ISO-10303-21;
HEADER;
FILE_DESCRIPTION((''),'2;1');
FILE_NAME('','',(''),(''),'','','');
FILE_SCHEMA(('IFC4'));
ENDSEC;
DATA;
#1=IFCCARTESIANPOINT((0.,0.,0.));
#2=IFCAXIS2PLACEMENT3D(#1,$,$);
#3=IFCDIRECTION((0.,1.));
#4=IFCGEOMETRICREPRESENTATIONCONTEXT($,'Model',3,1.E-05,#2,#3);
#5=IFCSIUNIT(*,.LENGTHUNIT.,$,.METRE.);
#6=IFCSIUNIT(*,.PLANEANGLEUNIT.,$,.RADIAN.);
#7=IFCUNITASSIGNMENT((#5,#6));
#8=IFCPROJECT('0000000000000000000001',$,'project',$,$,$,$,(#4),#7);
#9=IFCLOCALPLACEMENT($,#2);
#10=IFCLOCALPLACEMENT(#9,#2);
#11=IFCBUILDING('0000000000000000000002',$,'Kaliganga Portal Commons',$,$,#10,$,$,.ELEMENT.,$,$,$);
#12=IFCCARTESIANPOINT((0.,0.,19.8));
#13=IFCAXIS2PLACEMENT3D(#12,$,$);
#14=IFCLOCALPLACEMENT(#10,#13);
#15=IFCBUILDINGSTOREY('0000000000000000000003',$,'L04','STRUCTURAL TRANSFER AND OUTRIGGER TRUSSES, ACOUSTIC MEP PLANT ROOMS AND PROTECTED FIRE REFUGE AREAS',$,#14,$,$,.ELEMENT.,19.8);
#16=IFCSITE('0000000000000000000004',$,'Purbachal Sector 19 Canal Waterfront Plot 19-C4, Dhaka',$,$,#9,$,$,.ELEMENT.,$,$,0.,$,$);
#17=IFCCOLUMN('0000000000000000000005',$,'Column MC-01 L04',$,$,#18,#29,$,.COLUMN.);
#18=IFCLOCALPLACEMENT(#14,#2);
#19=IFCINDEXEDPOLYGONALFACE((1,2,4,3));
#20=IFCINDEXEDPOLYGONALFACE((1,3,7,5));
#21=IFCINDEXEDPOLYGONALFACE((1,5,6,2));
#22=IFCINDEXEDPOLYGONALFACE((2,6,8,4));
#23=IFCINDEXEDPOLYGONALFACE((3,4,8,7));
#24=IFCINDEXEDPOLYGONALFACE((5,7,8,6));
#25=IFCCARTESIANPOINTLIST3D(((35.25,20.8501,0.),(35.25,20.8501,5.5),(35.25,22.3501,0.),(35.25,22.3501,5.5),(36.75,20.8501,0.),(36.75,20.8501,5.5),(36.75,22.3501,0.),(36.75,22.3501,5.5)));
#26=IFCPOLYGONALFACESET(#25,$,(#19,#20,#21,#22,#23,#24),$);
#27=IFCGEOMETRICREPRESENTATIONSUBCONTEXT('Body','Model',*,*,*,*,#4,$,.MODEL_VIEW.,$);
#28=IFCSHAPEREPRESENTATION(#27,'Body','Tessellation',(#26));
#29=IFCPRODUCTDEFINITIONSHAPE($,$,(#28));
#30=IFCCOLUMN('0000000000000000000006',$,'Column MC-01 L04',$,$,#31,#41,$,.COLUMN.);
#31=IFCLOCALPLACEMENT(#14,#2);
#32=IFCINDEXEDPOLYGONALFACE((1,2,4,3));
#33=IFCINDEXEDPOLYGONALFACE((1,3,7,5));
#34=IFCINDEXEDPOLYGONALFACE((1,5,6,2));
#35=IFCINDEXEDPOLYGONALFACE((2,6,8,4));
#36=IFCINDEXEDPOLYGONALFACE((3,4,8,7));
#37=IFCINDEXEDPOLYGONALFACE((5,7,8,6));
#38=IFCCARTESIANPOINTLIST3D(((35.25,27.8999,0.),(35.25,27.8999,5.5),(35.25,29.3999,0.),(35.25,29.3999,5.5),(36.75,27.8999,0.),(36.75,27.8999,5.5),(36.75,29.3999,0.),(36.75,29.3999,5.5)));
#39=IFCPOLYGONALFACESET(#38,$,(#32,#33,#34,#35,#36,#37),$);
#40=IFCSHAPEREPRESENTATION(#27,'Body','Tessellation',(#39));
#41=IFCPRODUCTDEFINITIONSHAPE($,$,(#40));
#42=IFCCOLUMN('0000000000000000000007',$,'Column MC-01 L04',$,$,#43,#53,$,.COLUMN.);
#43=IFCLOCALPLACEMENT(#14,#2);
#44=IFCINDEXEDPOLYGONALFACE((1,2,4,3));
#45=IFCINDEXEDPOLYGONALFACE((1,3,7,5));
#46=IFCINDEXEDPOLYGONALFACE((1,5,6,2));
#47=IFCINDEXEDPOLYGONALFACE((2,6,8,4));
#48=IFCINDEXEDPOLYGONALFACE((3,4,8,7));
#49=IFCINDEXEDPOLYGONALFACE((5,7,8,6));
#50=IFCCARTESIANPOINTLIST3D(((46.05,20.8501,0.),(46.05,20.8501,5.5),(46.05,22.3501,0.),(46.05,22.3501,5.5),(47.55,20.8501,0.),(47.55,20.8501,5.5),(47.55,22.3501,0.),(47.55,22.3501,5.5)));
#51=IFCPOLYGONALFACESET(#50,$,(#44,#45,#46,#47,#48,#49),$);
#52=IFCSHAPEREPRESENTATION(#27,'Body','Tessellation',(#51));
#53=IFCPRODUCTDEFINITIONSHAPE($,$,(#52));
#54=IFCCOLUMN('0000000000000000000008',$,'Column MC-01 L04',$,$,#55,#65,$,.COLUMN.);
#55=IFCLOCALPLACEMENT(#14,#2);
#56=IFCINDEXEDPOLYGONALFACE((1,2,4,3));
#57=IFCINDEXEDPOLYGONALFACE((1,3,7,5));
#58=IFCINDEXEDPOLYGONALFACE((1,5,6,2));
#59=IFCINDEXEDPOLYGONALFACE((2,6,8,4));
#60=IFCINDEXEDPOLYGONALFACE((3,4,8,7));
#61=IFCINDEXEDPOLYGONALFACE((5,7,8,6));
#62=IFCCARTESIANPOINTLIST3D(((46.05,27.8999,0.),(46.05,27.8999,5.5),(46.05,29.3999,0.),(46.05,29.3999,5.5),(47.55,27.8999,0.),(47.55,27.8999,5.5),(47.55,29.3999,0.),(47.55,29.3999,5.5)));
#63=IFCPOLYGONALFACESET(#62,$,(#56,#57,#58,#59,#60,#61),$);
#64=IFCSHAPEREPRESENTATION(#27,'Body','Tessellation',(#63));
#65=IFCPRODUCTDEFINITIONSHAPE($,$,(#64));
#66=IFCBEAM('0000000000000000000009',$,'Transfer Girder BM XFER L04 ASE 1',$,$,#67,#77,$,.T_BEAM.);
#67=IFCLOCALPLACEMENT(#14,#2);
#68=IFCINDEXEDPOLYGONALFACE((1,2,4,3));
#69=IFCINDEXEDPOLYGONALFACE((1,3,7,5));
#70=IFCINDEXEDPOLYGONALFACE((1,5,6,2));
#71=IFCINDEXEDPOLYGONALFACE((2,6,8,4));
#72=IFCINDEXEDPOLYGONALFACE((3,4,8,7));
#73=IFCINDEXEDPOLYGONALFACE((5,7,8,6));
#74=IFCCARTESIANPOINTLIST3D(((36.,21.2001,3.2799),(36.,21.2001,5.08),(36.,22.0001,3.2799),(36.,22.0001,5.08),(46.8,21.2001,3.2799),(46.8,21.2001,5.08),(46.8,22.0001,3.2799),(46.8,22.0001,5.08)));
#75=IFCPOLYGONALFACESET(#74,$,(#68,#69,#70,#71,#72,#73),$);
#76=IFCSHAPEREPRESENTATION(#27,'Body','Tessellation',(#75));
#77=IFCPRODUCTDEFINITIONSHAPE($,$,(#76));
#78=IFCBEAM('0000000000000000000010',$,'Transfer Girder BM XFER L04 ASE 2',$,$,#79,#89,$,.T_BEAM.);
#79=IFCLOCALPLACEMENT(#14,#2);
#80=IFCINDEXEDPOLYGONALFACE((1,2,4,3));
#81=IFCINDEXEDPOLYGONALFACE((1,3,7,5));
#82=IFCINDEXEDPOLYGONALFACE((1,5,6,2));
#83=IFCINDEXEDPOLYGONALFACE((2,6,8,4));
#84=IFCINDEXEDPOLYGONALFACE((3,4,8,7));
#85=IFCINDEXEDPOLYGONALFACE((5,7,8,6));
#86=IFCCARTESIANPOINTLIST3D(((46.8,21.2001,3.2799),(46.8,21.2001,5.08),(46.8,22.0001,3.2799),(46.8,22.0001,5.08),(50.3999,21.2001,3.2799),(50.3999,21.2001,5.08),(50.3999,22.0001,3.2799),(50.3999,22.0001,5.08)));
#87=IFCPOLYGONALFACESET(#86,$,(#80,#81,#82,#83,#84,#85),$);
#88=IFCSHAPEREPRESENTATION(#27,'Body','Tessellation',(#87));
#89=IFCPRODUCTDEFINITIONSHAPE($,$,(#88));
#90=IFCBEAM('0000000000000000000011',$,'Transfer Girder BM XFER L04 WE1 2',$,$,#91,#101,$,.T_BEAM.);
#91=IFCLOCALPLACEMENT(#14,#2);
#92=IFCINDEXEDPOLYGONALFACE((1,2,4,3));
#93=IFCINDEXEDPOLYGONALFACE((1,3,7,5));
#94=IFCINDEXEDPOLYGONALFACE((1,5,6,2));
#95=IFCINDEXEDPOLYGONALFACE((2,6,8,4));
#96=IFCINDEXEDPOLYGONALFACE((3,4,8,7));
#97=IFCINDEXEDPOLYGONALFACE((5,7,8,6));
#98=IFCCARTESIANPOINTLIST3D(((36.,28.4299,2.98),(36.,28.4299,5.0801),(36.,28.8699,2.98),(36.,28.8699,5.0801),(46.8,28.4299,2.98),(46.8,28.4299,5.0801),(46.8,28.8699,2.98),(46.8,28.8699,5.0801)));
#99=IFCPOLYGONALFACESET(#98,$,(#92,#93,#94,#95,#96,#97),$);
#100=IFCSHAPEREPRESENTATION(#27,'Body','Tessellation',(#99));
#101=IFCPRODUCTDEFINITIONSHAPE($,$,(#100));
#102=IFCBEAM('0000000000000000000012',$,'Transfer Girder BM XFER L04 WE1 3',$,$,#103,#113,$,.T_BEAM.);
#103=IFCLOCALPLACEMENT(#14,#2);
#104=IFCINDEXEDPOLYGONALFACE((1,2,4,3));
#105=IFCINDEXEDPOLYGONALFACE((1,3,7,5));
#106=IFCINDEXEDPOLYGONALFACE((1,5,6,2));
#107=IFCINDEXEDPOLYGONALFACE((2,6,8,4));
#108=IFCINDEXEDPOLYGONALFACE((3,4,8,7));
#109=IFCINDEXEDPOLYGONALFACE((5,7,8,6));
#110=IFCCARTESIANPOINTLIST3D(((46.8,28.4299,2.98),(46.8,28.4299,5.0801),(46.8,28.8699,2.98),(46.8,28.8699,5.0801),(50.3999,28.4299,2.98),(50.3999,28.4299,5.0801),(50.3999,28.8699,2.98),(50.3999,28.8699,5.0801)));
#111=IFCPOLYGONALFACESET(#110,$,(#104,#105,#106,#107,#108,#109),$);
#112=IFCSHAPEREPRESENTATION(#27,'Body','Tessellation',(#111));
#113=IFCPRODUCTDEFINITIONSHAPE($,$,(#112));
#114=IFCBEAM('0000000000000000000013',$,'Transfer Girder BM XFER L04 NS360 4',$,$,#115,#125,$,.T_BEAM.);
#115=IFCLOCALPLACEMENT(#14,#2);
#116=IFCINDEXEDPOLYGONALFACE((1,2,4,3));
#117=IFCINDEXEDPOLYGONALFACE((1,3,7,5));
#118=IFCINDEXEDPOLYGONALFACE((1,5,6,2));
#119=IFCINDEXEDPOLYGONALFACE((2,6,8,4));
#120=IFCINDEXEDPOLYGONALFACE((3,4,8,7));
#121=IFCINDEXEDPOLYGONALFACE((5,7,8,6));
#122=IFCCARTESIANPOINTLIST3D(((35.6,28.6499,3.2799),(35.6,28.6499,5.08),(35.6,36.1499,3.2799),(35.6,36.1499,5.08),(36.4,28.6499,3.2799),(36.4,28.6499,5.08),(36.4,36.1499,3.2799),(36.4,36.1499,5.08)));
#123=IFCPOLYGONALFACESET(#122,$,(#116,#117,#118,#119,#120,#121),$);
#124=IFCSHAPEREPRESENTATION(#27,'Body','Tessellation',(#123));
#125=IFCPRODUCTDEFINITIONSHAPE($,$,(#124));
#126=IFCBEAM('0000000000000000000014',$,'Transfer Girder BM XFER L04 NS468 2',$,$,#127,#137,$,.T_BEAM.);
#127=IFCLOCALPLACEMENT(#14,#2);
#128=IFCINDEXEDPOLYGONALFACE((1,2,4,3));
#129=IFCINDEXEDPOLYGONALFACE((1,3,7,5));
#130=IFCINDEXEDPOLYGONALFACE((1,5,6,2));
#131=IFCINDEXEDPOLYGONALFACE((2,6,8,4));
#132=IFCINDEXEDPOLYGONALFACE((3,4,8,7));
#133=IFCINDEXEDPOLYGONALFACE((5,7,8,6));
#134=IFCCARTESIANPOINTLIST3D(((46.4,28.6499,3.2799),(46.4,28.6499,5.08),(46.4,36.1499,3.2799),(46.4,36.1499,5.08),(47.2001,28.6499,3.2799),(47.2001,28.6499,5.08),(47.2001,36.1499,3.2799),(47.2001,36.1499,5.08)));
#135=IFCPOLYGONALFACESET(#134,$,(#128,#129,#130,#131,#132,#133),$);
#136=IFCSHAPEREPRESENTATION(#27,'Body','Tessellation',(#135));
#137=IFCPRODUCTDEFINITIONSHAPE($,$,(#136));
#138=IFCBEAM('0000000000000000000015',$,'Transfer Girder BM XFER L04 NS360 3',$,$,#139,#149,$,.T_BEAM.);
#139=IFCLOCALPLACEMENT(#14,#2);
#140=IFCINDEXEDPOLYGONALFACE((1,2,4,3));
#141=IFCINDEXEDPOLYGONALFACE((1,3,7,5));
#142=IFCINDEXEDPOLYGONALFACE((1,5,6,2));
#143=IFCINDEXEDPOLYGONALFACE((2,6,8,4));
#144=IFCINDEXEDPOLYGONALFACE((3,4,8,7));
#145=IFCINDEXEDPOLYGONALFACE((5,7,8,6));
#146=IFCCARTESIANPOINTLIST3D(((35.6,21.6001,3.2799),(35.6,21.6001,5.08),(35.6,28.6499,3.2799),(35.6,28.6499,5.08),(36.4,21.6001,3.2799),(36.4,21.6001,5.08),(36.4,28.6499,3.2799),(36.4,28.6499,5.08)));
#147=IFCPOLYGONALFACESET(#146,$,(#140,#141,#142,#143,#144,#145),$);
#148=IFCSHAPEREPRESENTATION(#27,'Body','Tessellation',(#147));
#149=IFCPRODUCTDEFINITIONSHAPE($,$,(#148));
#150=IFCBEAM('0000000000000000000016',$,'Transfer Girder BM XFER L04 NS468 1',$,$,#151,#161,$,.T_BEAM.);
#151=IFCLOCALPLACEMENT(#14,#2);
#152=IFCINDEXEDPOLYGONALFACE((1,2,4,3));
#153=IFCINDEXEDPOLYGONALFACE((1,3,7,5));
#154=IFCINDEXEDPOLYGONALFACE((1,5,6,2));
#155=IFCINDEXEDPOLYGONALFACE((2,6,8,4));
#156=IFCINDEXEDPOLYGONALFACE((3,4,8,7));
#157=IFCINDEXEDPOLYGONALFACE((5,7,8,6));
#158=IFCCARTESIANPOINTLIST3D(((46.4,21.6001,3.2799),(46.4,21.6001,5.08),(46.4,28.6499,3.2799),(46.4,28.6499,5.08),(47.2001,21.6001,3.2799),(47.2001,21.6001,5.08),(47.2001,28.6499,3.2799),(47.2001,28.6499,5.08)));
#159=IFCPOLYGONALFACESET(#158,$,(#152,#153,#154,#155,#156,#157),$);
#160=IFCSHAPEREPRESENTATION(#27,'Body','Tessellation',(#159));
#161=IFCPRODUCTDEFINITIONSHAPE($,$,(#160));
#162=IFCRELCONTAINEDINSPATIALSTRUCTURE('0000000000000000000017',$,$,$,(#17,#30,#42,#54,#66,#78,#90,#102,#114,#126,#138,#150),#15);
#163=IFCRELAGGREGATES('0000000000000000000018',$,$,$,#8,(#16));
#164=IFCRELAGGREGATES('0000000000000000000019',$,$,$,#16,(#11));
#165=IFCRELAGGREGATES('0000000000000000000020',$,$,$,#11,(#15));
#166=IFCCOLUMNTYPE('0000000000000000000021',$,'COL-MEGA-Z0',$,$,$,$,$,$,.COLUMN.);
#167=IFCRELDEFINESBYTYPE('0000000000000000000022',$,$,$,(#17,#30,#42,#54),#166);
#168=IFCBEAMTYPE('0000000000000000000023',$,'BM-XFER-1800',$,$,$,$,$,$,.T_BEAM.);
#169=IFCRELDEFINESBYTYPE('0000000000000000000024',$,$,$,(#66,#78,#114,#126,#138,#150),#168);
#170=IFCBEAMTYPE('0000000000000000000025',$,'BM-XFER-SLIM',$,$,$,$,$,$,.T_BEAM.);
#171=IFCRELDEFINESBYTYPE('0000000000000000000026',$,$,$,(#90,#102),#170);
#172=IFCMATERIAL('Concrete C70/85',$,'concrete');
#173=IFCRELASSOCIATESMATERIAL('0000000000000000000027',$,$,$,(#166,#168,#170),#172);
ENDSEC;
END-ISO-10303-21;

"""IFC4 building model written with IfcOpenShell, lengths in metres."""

from ifc_helpers import new_model, si_unit, direction, frame, origin, origin_2d, place, context, subcontext, project, spatial, rectangle, extrude, source, transform, mapped, material, material_profile, profile_set, type_object, element, save


model = new_model("IFC4")

# Units and contexts
model_context = context("Model", 3, precision=1e-05, world=origin(), true_north=direction((0.0, 1.0)))
body_context = subcontext(model_context, "Body", "Model", "MODEL_VIEW")
ifc_project = project(units=[si_unit("LENGTHUNIT", "METRE"), si_unit("PLANEANGLEUNIT", "RADIAN")], contexts=[model_context])

# Site, building, storey
site_placement = place(None, origin())
site = spatial("IfcSite", under=ifc_project, at=site_placement, Name="Purbachal Sector 19 Canal Waterfront Plot 19-C4, Dhaka", CompositionType="ELEMENT", RefElevation=0.0)
building_placement = place(site_placement, origin())
building = spatial("IfcBuilding", under=site, at=building_placement, Name="Kaliganga Portal Commons", CompositionType="ELEMENT")
storey_placement = place(building_placement, frame((0.0, 0.0, 19.8)))
storey = spatial("IfcBuildingStorey", under=building, at=storey_placement, Name="L04", Description="STRUCTURAL TRANSFER AND OUTRIGGER TRUSSES, ACOUSTIC MEP PLANT ROOMS AND PROTECTED FIRE REFUGE AREAS", CompositionType="ELEMENT", Elevation=19.8)

# Columns
ifc_material_1 = material(Name="Concrete C70/85", Category="concrete")
ifc_material_profile_1 = material_profile(ifc_material_1, rectangle(XDim=1.5, YDim=1.5, at=origin_2d()), Name="RC 1500x1500")
ifc_profile_set_1 = profile_set([ifc_material_profile_1], Name="Concrete C70/85")
column_type = type_object("IfcColumnType", Name="COL-MEGA-Z0", PredefinedType="COLUMN", material=ifc_profile_set_1)
shared_shape_1 = source(origin(), body_context, "Body", "SweptSolid", [
    extrude(rectangle(XDim=1.5, YDim=1.5, at=origin_2d()), origin(), (0.0, 0.0, 1.0), 5.5),
])
for number, where, z_axis, x_axis, name in (
    (1, (36.0, 21.6001, 0.0), (0.0, 0.0, 1.0), (1.0, 0.0, 0.0), "Column MC-01 L04"),
    (2, (36.0, 28.6499, 0.0), (0.0, 0.0, 1.0), (1.0, 0.0, 0.0), "Column MC-01 L04"),
    (3, (46.8, 21.6001, 0.0), (0.0, 0.0, 1.0), (1.0, 0.0, 0.0), "Column MC-01 L04"),
    (4, (46.8, 28.6499, 0.0), (0.0, 0.0, 1.0), (1.0, 0.0, 0.0), "Column MC-01 L04"),
):
    element("IfcColumn", number, at=place(storey_placement, frame(where, z_axis=z_axis, x_axis=x_axis)), inside=storey, type_object=column_type, Name=name, PredefinedType="COLUMN", context=body_context, shape_type="MappedRepresentation", body=[
        mapped(shared_shape_1, transform((0.0, 0.0, 0.0), x_axis=(1.0, 0.0, 0.0), y_axis=(0.0, 1.0, 0.0), z_axis=(0.0, 0.0, 1.0), scale=1.0)),
    ])

# Beams
ifc_material_profile_2 = material_profile(ifc_material_1, rectangle(XDim=0.8, YDim=1.8, at=origin_2d()), Name="RC 800x1800")
ifc_profile_set_2 = profile_set([ifc_material_profile_2], Name="Concrete C70/85")
beam_type_1 = type_object("IfcBeamType", Name="BM-XFER-1800", PredefinedType="T_BEAM", material=ifc_profile_set_2)
shared_shape_2 = source(origin(), body_context, "Body", "SweptSolid", [
    extrude(rectangle(XDim=0.8, YDim=1.8, at=origin_2d()), origin(), (0.0, 0.0, 1.0), 10.8),
])
beam_1_placement = place(storey_placement, frame((36.0, 21.6001, 4.1799), z_axis=(1.0, 0.0, 0.0), x_axis=(0.0, 1.0, 0.0)))
element("IfcBeam", 5, at=beam_1_placement, inside=storey, type_object=beam_type_1, Name="Transfer Girder BM XFER L04 ASE 1", PredefinedType="T_BEAM", context=body_context, shape_type="MappedRepresentation", body=[
    mapped(shared_shape_2, transform((0.0, 0.0, 0.0), x_axis=(1.0, 0.0, 0.0), y_axis=(0.0, 1.0, 0.0), z_axis=(0.0, 0.0, 1.0), scale=1.0)),
])
shared_shape_3 = source(origin(), body_context, "Body", "SweptSolid", [
    extrude(rectangle(XDim=0.8, YDim=1.8, at=origin_2d()), origin(), (0.0, 0.0, 1.0), 3.5999),
])
beam_2_placement = place(storey_placement, frame((46.8, 21.6001, 4.1799), z_axis=(1.0, 0.0, 0.0), x_axis=(0.0, 1.0, 0.0)))
element("IfcBeam", 6, at=beam_2_placement, inside=storey, type_object=beam_type_1, Name="Transfer Girder BM XFER L04 ASE 2", PredefinedType="T_BEAM", context=body_context, shape_type="MappedRepresentation", body=[
    mapped(shared_shape_3, transform((0.0, 0.0, 0.0), x_axis=(1.0, 0.0, 0.0), y_axis=(0.0, 1.0, 0.0), z_axis=(0.0, 0.0, 1.0), scale=1.0)),
])
ifc_material_profile_3 = material_profile(ifc_material_1, rectangle(XDim=0.4399, YDim=2.1001, at=origin_2d()), Name="RC 440x2100")
ifc_profile_set_3 = profile_set([ifc_material_profile_3], Name="Concrete C70/85")
beam_type_2 = type_object("IfcBeamType", Name="BM-XFER-SLIM", PredefinedType="T_BEAM", material=ifc_profile_set_3)
shared_shape_4 = source(origin(), body_context, "Body", "SweptSolid", [
    extrude(rectangle(XDim=0.4399, YDim=2.1001, at=origin_2d()), origin(), (0.0, 0.0, 1.0), 10.8),
])
beam_3_placement = place(storey_placement, frame((36.0, 28.6499, 4.03), z_axis=(1.0, 0.0, 0.0), x_axis=(0.0, 1.0, 0.0)))
element("IfcBeam", 7, at=beam_3_placement, inside=storey, type_object=beam_type_2, Name="Transfer Girder BM XFER L04 WE1 2", PredefinedType="T_BEAM", context=body_context, shape_type="MappedRepresentation", body=[
    mapped(shared_shape_4, transform((0.0, 0.0, 0.0), x_axis=(1.0, 0.0, 0.0), y_axis=(0.0, 1.0, 0.0), z_axis=(0.0, 0.0, 1.0), scale=1.0)),
])
shared_shape_5 = source(origin(), body_context, "Body", "SweptSolid", [
    extrude(rectangle(XDim=0.4399, YDim=2.1001, at=origin_2d()), origin(), (0.0, 0.0, 1.0), 3.5999),
])
beam_4_placement = place(storey_placement, frame((46.8, 28.6499, 4.03), z_axis=(1.0, 0.0, 0.0), x_axis=(0.0, 1.0, 0.0)))
element("IfcBeam", 8, at=beam_4_placement, inside=storey, type_object=beam_type_2, Name="Transfer Girder BM XFER L04 WE1 3", PredefinedType="T_BEAM", context=body_context, shape_type="MappedRepresentation", body=[
    mapped(shared_shape_5, transform((0.0, 0.0, 0.0), x_axis=(1.0, 0.0, 0.0), y_axis=(0.0, 1.0, 0.0), z_axis=(0.0, 0.0, 1.0), scale=1.0)),
])
shared_shape_6 = source(origin(), body_context, "Body", "SweptSolid", [
    extrude(rectangle(XDim=0.8, YDim=1.8, at=origin_2d()), origin(), (0.0, 0.0, 1.0), 7.5),
])
for number, where, z_axis, x_axis, name in (
    (9, (36.0, 28.6499, 4.1799), (0.0, 1.0, 0.0), (-1.0, 0.0, 0.0), "Transfer Girder BM XFER L04 NS360 4"),
    (10, (46.8, 28.6499, 4.1799), (0.0, 1.0, 0.0), (-1.0, 0.0, 0.0), "Transfer Girder BM XFER L04 NS468 2"),
):
    element("IfcBeam", number, at=place(storey_placement, frame(where, z_axis=z_axis, x_axis=x_axis)), inside=storey, type_object=beam_type_1, Name=name, PredefinedType="T_BEAM", context=body_context, shape_type="MappedRepresentation", body=[
        mapped(shared_shape_6, transform((0.0, 0.0, 0.0), x_axis=(1.0, 0.0, 0.0), y_axis=(0.0, 1.0, 0.0), z_axis=(0.0, 0.0, 1.0), scale=1.0)),
    ])
shared_shape_7 = source(origin(), body_context, "Body", "SweptSolid", [
    extrude(rectangle(XDim=0.8, YDim=1.8, at=origin_2d()), origin(), (0.0, 0.0, 1.0), 7.0498),
])
for number, where, z_axis, x_axis, name in (
    (11, (36.0, 21.6001, 4.1799), (0.0, 1.0, 0.0), (-1.0, 0.0, 0.0), "Transfer Girder BM XFER L04 NS360 3"),
    (12, (46.8, 21.6001, 4.1799), (0.0, 1.0, 0.0), (-1.0, 0.0, 0.0), "Transfer Girder BM XFER L04 NS468 1"),
):
    element("IfcBeam", number, at=place(storey_placement, frame(where, z_axis=z_axis, x_axis=x_axis)), inside=storey, type_object=beam_type_1, Name=name, PredefinedType="T_BEAM", context=body_context, shape_type="MappedRepresentation", body=[
        mapped(shared_shape_7, transform((0.0, 0.0, 0.0), x_axis=(1.0, 0.0, 0.0), y_axis=(0.0, 1.0, 0.0), z_axis=(0.0, 0.0, 1.0), scale=1.0)),
    ])

save(model, "model.ifc")
